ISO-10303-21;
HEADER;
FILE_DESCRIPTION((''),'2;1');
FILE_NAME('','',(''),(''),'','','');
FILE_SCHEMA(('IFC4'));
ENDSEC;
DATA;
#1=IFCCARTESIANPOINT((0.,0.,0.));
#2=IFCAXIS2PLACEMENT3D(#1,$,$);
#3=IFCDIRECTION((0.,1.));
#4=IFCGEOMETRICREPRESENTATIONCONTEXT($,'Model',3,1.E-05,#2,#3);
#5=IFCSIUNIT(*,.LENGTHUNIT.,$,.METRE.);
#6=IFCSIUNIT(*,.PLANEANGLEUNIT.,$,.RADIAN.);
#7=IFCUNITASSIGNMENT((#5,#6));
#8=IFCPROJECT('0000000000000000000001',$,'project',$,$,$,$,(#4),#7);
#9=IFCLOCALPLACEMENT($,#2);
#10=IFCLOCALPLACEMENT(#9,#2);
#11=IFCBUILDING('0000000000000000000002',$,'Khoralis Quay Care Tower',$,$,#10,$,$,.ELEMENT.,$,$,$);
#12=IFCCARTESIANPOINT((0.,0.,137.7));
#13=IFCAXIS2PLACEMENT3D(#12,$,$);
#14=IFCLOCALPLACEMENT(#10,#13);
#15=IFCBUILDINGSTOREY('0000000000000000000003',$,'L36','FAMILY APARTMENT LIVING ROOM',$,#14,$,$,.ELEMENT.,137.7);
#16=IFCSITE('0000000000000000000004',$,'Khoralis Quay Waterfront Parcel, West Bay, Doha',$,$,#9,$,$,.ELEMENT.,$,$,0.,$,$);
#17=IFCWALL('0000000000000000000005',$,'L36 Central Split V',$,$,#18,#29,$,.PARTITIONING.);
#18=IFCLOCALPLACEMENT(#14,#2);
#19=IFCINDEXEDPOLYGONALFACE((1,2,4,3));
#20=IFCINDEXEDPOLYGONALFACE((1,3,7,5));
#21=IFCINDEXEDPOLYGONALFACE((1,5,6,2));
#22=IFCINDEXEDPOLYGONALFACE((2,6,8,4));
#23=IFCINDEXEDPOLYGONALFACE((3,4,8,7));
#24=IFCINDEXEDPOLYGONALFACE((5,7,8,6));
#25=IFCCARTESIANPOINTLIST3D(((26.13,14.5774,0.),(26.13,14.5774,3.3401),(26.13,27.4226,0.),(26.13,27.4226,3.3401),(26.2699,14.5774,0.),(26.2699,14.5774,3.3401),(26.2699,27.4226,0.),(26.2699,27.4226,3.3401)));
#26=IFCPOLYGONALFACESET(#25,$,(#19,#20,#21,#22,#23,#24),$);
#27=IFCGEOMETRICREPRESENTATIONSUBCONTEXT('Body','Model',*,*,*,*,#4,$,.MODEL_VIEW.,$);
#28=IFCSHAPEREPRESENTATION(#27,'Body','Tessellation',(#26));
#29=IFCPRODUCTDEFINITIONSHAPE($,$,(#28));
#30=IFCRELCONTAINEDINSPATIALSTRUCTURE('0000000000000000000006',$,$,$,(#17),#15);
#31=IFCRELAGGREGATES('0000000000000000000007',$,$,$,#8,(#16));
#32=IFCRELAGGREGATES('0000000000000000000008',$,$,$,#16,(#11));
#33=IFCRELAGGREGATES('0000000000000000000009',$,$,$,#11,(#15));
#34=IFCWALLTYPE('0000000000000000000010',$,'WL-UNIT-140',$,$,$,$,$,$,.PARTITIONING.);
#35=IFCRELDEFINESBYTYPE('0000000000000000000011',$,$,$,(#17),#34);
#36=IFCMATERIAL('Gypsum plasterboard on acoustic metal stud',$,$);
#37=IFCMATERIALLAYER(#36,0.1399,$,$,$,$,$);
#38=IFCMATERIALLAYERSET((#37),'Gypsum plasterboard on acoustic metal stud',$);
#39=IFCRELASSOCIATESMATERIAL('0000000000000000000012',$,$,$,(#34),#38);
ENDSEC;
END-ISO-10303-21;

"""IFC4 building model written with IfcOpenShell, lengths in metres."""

from ifc_helpers import new_model, si_unit, direction, frame, frame_2d, origin, place, context, subcontext, project, spatial, rectangle, extrude, material, layer, layer_set, type_object, element, save


model = new_model("IFC4")

# Units and contexts
model_context = context("Model", 3, precision=1e-05, world=origin(), true_north=direction((0.0, 1.0)))
body_context = subcontext(model_context, "Body", "Model", "MODEL_VIEW")
ifc_project = project(units=[si_unit("LENGTHUNIT", "METRE"), si_unit("PLANEANGLEUNIT", "RADIAN")], contexts=[model_context])

# Site, building, storey
site_placement = place(None, origin())
site = spatial("IfcSite", under=ifc_project, at=site_placement, Name="Khoralis Quay Waterfront Parcel, West Bay, Doha", CompositionType="ELEMENT", RefElevation=0.0)
building_placement = place(site_placement, origin())
building = spatial("IfcBuilding", under=site, at=building_placement, Name="Khoralis Quay Care Tower", CompositionType="ELEMENT")
storey_placement = place(building_placement, frame((0.0, 0.0, 137.7)))
storey = spatial("IfcBuildingStorey", under=building, at=storey_placement, Name="L36", Description="FAMILY APARTMENT LIVING ROOM", CompositionType="ELEMENT", Elevation=137.7)

# Shared definitions
ifc_material_1 = material(Name="Gypsum plasterboard on acoustic metal stud")

# Wall
ifc_layer_1 = layer(ifc_material_1, 0.1399)
ifc_layer_set_1 = layer_set([ifc_layer_1], Name="Gypsum plasterboard on acoustic metal stud")
wall_type_1 = type_object("IfcWallType", Name="WL-UNIT-140", PredefinedType="PARTITIONING", material=ifc_layer_set_1)
wall_1_placement = place(storey_placement, frame((26.2, 14.5774, 0.0), z_axis=(0.0, 0.0, 1.0), x_axis=(0.0, 1.0, 0.0)))
element("IfcWall", 1, at=wall_1_placement, inside=storey, type_object=wall_type_1, Name="L36 Central Split V", PredefinedType="PARTITIONING", context=body_context, shape_type="SweptSolid", body=[
    extrude(rectangle(XDim=12.8452, YDim=0.1399, at=frame_2d((6.4226, 0.0))), origin(), (0.0, 0.0, 1.0), 3.3401),
])

save(model, "model.ifc")
